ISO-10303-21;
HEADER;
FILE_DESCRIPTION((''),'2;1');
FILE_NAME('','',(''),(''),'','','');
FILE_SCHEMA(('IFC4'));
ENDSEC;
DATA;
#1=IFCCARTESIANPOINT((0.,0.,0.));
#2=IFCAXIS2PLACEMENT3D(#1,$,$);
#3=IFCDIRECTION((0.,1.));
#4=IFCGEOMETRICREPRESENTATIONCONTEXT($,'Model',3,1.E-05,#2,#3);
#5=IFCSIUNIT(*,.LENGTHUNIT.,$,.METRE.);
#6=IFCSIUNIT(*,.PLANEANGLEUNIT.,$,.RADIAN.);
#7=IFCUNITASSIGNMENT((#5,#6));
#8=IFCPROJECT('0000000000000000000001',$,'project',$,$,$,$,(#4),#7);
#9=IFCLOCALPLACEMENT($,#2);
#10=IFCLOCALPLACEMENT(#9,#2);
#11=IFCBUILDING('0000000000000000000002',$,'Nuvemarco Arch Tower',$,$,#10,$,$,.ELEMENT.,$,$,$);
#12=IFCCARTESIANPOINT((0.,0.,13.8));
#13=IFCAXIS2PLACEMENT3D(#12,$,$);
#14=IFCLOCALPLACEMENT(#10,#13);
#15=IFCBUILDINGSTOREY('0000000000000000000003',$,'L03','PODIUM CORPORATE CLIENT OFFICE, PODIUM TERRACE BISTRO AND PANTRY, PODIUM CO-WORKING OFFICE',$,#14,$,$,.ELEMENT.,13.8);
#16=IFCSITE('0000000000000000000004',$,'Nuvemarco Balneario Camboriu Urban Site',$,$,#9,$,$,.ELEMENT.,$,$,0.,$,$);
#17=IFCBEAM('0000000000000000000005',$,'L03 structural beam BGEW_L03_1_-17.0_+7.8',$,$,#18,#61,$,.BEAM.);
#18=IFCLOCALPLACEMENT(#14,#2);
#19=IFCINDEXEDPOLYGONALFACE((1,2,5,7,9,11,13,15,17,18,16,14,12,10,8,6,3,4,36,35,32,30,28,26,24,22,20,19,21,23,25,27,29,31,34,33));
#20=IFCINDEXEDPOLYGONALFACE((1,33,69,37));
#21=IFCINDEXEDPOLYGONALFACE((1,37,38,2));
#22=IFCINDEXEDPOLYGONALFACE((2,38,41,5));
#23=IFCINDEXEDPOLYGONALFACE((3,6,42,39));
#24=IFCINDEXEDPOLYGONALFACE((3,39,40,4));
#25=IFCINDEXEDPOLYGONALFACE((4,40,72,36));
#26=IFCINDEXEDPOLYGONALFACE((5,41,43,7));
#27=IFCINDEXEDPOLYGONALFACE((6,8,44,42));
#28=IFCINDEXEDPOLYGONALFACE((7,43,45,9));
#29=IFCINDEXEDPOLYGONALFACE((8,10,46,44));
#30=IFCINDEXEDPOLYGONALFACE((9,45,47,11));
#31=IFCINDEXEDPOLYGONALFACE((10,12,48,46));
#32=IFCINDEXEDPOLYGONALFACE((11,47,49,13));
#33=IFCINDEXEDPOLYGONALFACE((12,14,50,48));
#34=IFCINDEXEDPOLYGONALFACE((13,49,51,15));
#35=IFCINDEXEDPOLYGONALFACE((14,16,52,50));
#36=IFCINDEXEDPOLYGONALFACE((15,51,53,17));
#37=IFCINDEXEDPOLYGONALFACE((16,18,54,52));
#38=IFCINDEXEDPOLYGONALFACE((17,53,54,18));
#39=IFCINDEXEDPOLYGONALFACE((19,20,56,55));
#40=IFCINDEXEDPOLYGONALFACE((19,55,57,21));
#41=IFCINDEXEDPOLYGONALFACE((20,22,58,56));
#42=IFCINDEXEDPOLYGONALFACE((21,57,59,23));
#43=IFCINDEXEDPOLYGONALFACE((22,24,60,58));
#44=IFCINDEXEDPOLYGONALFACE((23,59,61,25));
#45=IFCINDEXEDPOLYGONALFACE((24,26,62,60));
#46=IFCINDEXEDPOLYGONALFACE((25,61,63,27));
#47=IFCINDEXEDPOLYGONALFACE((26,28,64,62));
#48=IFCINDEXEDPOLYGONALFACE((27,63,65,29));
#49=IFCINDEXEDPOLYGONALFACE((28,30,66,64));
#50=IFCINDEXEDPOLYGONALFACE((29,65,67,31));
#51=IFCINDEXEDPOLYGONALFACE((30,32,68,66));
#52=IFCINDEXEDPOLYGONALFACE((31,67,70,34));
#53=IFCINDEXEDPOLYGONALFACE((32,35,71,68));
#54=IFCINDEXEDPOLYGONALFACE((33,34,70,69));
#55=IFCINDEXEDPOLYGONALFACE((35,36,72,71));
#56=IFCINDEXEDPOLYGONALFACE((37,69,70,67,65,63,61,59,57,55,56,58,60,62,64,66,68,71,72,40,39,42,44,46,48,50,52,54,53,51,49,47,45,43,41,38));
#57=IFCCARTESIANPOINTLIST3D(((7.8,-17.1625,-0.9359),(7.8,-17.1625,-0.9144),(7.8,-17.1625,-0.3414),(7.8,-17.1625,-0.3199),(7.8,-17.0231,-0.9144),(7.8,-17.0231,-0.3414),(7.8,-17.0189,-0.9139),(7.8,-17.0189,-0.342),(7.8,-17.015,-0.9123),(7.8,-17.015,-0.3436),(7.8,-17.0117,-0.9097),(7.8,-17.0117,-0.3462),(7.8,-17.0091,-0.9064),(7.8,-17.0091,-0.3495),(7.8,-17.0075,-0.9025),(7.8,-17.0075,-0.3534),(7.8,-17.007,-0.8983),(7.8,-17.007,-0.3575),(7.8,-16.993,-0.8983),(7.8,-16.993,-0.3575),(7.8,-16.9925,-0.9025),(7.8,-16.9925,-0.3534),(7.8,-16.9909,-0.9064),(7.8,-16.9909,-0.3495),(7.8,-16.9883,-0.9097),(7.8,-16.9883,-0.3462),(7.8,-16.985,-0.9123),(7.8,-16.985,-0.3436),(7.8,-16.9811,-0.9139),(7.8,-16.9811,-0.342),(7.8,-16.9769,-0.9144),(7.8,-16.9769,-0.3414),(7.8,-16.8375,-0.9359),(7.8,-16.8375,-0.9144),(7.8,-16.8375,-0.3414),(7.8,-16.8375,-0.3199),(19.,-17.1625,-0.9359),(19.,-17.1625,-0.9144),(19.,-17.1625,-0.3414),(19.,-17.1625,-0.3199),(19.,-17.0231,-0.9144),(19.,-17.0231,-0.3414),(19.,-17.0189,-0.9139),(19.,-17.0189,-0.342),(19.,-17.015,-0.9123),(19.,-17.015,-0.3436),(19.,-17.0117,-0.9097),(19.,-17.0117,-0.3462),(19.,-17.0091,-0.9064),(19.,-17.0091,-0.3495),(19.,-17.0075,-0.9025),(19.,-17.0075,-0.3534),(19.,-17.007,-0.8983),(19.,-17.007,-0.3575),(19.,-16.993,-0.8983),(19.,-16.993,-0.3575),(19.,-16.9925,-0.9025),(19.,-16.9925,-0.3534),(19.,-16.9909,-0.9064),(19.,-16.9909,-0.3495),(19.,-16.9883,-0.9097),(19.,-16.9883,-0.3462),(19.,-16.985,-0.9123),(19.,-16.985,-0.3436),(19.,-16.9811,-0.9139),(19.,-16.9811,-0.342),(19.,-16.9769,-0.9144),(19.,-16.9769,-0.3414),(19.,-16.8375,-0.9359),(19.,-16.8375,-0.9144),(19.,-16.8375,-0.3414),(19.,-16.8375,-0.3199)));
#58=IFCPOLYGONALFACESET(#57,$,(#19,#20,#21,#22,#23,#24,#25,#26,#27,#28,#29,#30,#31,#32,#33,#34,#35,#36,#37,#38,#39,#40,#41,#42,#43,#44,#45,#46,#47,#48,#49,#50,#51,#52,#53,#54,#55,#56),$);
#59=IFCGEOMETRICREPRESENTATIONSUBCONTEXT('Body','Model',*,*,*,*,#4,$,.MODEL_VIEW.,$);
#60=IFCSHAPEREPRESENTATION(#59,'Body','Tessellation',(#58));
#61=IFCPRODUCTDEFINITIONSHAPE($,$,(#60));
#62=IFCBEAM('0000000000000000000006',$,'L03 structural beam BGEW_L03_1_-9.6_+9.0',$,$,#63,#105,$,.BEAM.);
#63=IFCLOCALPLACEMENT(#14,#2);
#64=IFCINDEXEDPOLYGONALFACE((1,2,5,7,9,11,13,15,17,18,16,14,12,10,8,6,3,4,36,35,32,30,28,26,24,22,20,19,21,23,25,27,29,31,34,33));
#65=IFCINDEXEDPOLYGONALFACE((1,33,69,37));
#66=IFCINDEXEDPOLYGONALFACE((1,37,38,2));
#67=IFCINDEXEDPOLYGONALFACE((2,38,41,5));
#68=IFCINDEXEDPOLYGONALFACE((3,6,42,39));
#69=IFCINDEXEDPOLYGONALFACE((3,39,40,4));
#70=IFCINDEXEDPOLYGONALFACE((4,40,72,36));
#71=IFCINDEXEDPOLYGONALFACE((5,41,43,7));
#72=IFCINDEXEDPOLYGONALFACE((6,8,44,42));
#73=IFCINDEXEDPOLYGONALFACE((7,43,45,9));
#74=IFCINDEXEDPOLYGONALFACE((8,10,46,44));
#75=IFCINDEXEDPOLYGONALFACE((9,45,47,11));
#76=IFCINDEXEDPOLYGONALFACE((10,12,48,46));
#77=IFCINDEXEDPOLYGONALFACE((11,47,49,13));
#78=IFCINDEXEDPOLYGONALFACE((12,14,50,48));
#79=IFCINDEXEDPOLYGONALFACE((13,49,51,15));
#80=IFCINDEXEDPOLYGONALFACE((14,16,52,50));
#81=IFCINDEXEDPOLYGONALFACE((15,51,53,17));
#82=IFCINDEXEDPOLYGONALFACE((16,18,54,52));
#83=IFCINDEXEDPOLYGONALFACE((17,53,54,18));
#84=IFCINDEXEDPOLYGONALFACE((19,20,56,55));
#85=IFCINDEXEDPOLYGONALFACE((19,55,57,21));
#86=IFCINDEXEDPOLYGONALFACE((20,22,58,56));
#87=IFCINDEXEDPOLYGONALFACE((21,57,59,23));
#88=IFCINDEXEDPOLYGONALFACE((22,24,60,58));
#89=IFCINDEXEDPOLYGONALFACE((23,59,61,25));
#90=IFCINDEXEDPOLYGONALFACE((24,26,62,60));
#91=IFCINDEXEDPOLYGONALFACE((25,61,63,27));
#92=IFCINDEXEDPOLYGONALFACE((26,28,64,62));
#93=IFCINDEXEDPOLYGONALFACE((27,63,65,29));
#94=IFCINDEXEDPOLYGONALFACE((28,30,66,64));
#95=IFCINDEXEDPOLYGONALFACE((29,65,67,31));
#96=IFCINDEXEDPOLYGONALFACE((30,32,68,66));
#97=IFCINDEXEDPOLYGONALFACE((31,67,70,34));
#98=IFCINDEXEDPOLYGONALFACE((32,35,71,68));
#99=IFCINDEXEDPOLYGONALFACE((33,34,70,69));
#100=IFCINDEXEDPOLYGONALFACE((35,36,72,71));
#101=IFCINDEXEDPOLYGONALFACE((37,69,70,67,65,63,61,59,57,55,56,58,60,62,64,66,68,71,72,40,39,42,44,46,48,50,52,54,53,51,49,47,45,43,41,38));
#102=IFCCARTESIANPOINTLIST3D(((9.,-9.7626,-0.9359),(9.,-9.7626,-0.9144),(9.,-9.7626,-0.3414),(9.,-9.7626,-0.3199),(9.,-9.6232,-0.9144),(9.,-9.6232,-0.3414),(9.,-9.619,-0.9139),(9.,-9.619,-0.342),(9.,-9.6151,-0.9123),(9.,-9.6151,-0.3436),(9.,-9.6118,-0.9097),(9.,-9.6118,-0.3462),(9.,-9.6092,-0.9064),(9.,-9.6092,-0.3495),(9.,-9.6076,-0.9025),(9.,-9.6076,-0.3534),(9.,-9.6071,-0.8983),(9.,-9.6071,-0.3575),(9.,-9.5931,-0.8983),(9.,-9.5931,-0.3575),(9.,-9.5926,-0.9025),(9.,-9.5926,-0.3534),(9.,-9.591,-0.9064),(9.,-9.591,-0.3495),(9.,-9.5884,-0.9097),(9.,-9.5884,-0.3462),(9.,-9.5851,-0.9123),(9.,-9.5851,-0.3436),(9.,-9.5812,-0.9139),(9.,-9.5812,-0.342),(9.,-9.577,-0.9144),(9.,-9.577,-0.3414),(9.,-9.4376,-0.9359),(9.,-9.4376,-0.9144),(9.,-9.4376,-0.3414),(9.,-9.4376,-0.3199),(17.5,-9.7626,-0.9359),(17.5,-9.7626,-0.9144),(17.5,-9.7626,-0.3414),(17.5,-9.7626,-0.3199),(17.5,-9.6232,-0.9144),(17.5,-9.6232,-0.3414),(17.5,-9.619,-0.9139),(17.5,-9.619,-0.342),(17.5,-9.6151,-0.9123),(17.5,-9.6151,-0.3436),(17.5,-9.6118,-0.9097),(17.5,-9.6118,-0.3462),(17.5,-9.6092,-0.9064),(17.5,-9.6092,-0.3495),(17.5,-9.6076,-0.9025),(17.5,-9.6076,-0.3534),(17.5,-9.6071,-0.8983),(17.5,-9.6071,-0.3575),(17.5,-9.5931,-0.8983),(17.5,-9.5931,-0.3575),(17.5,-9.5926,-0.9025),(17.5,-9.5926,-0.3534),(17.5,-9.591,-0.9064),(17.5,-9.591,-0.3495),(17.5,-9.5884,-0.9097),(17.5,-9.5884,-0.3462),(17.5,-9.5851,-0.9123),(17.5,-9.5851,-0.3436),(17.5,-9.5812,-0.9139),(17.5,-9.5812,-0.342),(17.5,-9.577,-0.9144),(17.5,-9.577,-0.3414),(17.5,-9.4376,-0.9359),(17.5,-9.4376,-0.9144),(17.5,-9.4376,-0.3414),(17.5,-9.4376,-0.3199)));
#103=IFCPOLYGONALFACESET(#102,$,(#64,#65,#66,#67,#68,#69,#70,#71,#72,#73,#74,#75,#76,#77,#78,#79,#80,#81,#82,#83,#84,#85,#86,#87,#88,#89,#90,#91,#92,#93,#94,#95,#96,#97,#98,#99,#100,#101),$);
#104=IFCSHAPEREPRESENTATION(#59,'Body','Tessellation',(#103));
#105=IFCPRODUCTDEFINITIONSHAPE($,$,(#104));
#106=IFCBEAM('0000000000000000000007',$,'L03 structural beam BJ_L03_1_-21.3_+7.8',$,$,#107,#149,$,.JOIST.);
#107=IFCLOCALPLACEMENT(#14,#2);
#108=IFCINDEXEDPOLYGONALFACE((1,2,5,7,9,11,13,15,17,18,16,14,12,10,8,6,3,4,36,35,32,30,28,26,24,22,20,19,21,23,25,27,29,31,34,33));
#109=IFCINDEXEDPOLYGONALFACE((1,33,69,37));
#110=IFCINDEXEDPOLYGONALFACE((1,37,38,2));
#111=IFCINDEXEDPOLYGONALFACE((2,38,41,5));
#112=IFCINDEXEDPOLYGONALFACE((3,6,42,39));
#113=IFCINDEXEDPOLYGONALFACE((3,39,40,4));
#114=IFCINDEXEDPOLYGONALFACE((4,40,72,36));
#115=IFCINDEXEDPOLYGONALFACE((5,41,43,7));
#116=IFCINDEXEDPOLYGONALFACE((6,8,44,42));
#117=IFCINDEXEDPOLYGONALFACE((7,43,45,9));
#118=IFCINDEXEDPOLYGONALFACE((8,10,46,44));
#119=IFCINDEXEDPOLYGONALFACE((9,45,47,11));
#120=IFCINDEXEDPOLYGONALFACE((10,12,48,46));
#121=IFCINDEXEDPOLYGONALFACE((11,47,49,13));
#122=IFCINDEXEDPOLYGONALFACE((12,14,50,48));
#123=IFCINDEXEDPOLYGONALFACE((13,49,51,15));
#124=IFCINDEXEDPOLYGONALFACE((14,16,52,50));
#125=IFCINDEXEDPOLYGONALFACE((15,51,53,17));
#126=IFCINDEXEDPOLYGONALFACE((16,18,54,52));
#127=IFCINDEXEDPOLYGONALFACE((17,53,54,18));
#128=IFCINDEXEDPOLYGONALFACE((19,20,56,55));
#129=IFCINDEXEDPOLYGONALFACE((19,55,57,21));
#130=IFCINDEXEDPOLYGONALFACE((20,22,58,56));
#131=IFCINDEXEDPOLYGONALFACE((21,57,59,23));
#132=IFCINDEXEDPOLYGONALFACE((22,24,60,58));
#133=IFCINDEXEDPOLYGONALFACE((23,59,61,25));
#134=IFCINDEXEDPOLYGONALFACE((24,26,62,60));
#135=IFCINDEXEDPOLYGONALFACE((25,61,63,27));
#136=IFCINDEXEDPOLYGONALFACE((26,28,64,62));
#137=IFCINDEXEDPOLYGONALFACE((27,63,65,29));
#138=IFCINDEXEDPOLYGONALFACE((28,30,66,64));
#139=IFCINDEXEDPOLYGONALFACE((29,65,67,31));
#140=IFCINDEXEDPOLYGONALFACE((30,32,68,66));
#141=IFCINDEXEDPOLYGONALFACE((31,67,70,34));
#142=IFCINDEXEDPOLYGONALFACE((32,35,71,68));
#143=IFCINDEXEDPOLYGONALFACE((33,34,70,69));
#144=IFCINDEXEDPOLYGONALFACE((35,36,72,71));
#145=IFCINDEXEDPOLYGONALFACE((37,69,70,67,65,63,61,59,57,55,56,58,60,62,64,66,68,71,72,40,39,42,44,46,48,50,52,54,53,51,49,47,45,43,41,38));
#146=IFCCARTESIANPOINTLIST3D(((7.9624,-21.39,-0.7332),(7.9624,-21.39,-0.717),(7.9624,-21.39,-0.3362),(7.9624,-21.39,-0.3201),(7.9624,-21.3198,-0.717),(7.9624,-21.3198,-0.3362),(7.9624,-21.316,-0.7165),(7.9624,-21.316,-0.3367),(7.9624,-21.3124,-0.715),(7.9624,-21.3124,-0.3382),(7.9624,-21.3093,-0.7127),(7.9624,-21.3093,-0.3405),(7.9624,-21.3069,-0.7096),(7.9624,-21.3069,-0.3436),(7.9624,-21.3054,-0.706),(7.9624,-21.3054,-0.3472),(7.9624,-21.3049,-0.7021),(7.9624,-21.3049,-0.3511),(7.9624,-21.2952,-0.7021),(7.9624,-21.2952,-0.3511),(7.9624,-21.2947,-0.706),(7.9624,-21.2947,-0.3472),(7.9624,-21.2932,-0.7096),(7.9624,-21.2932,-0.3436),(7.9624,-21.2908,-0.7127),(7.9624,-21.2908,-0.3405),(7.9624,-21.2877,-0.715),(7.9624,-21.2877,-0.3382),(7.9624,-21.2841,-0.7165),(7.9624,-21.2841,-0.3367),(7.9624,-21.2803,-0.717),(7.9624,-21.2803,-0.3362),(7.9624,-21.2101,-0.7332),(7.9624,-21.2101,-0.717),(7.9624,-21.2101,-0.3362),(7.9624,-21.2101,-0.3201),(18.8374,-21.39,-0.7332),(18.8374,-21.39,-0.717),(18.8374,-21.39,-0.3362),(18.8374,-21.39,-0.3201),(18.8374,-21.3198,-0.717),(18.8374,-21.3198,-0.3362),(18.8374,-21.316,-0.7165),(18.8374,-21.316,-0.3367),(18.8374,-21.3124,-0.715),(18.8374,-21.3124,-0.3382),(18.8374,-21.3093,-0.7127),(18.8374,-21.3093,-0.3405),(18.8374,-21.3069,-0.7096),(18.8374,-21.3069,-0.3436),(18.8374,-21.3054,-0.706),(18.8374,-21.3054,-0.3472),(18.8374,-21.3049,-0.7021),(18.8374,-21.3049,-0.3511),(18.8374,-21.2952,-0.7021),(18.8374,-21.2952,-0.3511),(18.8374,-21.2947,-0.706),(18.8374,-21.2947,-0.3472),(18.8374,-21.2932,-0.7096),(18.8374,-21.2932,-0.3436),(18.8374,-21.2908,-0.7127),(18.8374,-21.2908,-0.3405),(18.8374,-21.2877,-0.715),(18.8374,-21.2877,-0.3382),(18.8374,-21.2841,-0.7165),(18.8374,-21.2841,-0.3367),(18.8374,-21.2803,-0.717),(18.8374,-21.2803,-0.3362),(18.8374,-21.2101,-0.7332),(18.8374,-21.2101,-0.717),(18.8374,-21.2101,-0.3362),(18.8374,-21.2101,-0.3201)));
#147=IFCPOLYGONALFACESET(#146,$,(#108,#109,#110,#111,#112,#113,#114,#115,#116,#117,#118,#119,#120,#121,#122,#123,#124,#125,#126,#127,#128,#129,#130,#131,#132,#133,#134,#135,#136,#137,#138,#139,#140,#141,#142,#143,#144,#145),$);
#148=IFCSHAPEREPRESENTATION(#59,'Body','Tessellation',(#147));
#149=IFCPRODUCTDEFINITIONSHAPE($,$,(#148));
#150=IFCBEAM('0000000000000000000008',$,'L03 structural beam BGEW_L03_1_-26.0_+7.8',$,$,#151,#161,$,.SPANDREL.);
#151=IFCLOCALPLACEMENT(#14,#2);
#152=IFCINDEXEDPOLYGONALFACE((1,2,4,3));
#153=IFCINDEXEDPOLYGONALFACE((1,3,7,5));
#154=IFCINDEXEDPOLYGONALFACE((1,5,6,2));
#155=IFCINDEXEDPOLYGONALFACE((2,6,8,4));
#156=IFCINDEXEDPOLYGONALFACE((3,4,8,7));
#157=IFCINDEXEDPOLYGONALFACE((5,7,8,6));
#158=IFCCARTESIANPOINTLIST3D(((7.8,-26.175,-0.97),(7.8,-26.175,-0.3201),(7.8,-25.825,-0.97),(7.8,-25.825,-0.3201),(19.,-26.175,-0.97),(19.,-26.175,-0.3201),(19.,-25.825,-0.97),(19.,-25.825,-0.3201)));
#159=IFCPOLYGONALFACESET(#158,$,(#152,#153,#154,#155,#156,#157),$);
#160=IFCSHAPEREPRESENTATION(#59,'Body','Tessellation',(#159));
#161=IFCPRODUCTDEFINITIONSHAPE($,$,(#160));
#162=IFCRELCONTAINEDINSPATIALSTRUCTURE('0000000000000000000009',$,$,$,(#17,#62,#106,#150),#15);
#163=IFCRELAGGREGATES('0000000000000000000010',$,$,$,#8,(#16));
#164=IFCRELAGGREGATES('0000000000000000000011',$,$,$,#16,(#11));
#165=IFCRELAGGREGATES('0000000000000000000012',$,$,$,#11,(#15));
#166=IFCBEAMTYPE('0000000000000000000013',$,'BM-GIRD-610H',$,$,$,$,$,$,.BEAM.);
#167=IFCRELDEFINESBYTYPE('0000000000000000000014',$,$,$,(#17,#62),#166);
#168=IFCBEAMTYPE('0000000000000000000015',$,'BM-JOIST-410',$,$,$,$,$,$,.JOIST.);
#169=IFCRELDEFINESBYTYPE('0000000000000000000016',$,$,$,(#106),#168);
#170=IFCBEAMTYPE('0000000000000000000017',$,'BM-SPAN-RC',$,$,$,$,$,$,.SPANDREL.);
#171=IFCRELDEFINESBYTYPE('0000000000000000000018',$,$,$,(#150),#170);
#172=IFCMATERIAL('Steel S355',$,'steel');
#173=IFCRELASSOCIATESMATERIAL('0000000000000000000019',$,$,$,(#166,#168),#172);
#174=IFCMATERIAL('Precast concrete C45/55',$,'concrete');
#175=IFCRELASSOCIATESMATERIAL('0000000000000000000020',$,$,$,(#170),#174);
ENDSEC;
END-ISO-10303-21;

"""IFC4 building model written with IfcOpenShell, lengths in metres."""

from ifc_helpers import new_model, si_unit, direction, frame, origin, origin_2d, place, context, subcontext, project, spatial, rectangle, i_section, extrude, material, material_profile, profile_set, type_object, element, save


model = new_model("IFC4")

# Units and contexts
model_context = context("Model", 3, precision=1e-05, world=origin(), true_north=direction((0.0, 1.0)))
body_context = subcontext(model_context, "Body", "Model", "MODEL_VIEW")
ifc_project = project(units=[si_unit("LENGTHUNIT", "METRE"), si_unit("PLANEANGLEUNIT", "RADIAN")], contexts=[model_context])

# Site, building, storey
site_placement = place(None, origin())
site = spatial("IfcSite", under=ifc_project, at=site_placement, Name="Nuvemarco Balneario Camboriu Urban Site", CompositionType="ELEMENT", RefElevation=0.0)
building_placement = place(site_placement, origin())
building = spatial("IfcBuilding", under=site, at=building_placement, Name="Nuvemarco Arch Tower", CompositionType="ELEMENT")
storey_placement = place(building_placement, frame((0.0, 0.0, 13.8)))
storey = spatial("IfcBuildingStorey", under=building, at=storey_placement, Name="L03", Description="PODIUM CORPORATE CLIENT OFFICE, PODIUM TERRACE BISTRO AND PANTRY, PODIUM CO-WORKING OFFICE", CompositionType="ELEMENT", Elevation=13.8)

# Beams
ifc_material_1 = material(Name="Steel S355", Category="steel")
ifc_material_profile_1 = material_profile(ifc_material_1, i_section(OverallWidth=0.325, OverallDepth=0.616, WebThickness=0.0139, FlangeThickness=0.0215, FilletRadius=0.0161, at=origin_2d()), Name="W610x174")
ifc_profile_set_1 = profile_set([ifc_material_profile_1], Name="Steel S355")
beam_type_1 = type_object("IfcBeamType", Name="BM-GIRD-610H", PredefinedType="BEAM", material=ifc_profile_set_1)
beam_1_placement = place(storey_placement, frame((7.8, -17.0, -0.6279), z_axis=(1.0, 0.0, 0.0), x_axis=(0.0, 1.0, 0.0)))
element("IfcBeam", 1, at=beam_1_placement, inside=storey, type_object=beam_type_1, Name="L03 structural beam BGEW_L03_1_-17.0_+7.8", PredefinedType="BEAM", context=body_context, shape_type="SweptSolid", body=[
    extrude(i_section(OverallWidth=0.325, OverallDepth=0.616, WebThickness=0.0139, FlangeThickness=0.0215, FilletRadius=0.0161, at=origin_2d()), origin(), (0.0, 0.0, 1.0), 11.2),
])
beam_2_placement = place(storey_placement, frame((9.0, -9.6001, -0.6279), z_axis=(1.0, 0.0, 0.0), x_axis=(0.0, 1.0, 0.0)))
element("IfcBeam", 2, at=beam_2_placement, inside=storey, type_object=beam_type_1, Name="L03 structural beam BGEW_L03_1_-9.6_+9.0", PredefinedType="BEAM", context=body_context, shape_type="SweptSolid", body=[
    extrude(i_section(OverallWidth=0.325, OverallDepth=0.616, WebThickness=0.0139, FlangeThickness=0.0215, FilletRadius=0.0161, at=origin_2d()), origin(), (0.0, 0.0, 1.0), 8.5),
])
ifc_material_profile_2 = material_profile(ifc_material_1, i_section(OverallWidth=0.1799, OverallDepth=0.4131, WebThickness=0.0098, FlangeThickness=0.0161, FilletRadius=0.0149, at=origin_2d()), Name="W410x75")
ifc_profile_set_2 = profile_set([ifc_material_profile_2], Name="Steel S355")
beam_type_2 = type_object("IfcBeamType", Name="BM-JOIST-410", PredefinedType="JOIST", material=ifc_profile_set_2)
beam_3_placement = place(storey_placement, frame((7.9624, -21.3, -0.5266), z_axis=(1.0, 0.0, 0.0), x_axis=(0.0, 1.0, 0.0)))
element("IfcBeam", 3, at=beam_3_placement, inside=storey, type_object=beam_type_2, Name="L03 structural beam BJ_L03_1_-21.3_+7.8", PredefinedType="JOIST", context=body_context, shape_type="SweptSolid", body=[
    extrude(i_section(OverallWidth=0.1799, OverallDepth=0.4131, WebThickness=0.0098, FlangeThickness=0.0161, FilletRadius=0.0149, at=origin_2d()), origin(), (0.0, 0.0, 1.0), 10.875),
])
ifc_material_2 = material(Name="Precast concrete C45/55", Category="concrete")
ifc_material_profile_3 = material_profile(ifc_material_2, rectangle(XDim=0.3501, YDim=0.6499, at=origin_2d()), Name="PC-SP-350x650")
ifc_profile_set_3 = profile_set([ifc_material_profile_3], Name="Precast concrete C45/55")
beam_type_3 = type_object("IfcBeamType", Name="BM-SPAN-RC", PredefinedType="SPANDREL", material=ifc_profile_set_3)
beam_4_placement = place(storey_placement, frame((7.8, -26.0, -0.645), z_axis=(1.0, 0.0, 0.0), x_axis=(0.0, 1.0, 0.0)))
element("IfcBeam", 4, at=beam_4_placement, inside=storey, type_object=beam_type_3, Name="L03 structural beam BGEW_L03_1_-26.0_+7.8", PredefinedType="SPANDREL", context=body_context, shape_type="SweptSolid", body=[
    extrude(rectangle(XDim=0.3501, YDim=0.6499, at=origin_2d()), origin(), (0.0, 0.0, 1.0), 11.2),
])

save(model, "model.ifc")
